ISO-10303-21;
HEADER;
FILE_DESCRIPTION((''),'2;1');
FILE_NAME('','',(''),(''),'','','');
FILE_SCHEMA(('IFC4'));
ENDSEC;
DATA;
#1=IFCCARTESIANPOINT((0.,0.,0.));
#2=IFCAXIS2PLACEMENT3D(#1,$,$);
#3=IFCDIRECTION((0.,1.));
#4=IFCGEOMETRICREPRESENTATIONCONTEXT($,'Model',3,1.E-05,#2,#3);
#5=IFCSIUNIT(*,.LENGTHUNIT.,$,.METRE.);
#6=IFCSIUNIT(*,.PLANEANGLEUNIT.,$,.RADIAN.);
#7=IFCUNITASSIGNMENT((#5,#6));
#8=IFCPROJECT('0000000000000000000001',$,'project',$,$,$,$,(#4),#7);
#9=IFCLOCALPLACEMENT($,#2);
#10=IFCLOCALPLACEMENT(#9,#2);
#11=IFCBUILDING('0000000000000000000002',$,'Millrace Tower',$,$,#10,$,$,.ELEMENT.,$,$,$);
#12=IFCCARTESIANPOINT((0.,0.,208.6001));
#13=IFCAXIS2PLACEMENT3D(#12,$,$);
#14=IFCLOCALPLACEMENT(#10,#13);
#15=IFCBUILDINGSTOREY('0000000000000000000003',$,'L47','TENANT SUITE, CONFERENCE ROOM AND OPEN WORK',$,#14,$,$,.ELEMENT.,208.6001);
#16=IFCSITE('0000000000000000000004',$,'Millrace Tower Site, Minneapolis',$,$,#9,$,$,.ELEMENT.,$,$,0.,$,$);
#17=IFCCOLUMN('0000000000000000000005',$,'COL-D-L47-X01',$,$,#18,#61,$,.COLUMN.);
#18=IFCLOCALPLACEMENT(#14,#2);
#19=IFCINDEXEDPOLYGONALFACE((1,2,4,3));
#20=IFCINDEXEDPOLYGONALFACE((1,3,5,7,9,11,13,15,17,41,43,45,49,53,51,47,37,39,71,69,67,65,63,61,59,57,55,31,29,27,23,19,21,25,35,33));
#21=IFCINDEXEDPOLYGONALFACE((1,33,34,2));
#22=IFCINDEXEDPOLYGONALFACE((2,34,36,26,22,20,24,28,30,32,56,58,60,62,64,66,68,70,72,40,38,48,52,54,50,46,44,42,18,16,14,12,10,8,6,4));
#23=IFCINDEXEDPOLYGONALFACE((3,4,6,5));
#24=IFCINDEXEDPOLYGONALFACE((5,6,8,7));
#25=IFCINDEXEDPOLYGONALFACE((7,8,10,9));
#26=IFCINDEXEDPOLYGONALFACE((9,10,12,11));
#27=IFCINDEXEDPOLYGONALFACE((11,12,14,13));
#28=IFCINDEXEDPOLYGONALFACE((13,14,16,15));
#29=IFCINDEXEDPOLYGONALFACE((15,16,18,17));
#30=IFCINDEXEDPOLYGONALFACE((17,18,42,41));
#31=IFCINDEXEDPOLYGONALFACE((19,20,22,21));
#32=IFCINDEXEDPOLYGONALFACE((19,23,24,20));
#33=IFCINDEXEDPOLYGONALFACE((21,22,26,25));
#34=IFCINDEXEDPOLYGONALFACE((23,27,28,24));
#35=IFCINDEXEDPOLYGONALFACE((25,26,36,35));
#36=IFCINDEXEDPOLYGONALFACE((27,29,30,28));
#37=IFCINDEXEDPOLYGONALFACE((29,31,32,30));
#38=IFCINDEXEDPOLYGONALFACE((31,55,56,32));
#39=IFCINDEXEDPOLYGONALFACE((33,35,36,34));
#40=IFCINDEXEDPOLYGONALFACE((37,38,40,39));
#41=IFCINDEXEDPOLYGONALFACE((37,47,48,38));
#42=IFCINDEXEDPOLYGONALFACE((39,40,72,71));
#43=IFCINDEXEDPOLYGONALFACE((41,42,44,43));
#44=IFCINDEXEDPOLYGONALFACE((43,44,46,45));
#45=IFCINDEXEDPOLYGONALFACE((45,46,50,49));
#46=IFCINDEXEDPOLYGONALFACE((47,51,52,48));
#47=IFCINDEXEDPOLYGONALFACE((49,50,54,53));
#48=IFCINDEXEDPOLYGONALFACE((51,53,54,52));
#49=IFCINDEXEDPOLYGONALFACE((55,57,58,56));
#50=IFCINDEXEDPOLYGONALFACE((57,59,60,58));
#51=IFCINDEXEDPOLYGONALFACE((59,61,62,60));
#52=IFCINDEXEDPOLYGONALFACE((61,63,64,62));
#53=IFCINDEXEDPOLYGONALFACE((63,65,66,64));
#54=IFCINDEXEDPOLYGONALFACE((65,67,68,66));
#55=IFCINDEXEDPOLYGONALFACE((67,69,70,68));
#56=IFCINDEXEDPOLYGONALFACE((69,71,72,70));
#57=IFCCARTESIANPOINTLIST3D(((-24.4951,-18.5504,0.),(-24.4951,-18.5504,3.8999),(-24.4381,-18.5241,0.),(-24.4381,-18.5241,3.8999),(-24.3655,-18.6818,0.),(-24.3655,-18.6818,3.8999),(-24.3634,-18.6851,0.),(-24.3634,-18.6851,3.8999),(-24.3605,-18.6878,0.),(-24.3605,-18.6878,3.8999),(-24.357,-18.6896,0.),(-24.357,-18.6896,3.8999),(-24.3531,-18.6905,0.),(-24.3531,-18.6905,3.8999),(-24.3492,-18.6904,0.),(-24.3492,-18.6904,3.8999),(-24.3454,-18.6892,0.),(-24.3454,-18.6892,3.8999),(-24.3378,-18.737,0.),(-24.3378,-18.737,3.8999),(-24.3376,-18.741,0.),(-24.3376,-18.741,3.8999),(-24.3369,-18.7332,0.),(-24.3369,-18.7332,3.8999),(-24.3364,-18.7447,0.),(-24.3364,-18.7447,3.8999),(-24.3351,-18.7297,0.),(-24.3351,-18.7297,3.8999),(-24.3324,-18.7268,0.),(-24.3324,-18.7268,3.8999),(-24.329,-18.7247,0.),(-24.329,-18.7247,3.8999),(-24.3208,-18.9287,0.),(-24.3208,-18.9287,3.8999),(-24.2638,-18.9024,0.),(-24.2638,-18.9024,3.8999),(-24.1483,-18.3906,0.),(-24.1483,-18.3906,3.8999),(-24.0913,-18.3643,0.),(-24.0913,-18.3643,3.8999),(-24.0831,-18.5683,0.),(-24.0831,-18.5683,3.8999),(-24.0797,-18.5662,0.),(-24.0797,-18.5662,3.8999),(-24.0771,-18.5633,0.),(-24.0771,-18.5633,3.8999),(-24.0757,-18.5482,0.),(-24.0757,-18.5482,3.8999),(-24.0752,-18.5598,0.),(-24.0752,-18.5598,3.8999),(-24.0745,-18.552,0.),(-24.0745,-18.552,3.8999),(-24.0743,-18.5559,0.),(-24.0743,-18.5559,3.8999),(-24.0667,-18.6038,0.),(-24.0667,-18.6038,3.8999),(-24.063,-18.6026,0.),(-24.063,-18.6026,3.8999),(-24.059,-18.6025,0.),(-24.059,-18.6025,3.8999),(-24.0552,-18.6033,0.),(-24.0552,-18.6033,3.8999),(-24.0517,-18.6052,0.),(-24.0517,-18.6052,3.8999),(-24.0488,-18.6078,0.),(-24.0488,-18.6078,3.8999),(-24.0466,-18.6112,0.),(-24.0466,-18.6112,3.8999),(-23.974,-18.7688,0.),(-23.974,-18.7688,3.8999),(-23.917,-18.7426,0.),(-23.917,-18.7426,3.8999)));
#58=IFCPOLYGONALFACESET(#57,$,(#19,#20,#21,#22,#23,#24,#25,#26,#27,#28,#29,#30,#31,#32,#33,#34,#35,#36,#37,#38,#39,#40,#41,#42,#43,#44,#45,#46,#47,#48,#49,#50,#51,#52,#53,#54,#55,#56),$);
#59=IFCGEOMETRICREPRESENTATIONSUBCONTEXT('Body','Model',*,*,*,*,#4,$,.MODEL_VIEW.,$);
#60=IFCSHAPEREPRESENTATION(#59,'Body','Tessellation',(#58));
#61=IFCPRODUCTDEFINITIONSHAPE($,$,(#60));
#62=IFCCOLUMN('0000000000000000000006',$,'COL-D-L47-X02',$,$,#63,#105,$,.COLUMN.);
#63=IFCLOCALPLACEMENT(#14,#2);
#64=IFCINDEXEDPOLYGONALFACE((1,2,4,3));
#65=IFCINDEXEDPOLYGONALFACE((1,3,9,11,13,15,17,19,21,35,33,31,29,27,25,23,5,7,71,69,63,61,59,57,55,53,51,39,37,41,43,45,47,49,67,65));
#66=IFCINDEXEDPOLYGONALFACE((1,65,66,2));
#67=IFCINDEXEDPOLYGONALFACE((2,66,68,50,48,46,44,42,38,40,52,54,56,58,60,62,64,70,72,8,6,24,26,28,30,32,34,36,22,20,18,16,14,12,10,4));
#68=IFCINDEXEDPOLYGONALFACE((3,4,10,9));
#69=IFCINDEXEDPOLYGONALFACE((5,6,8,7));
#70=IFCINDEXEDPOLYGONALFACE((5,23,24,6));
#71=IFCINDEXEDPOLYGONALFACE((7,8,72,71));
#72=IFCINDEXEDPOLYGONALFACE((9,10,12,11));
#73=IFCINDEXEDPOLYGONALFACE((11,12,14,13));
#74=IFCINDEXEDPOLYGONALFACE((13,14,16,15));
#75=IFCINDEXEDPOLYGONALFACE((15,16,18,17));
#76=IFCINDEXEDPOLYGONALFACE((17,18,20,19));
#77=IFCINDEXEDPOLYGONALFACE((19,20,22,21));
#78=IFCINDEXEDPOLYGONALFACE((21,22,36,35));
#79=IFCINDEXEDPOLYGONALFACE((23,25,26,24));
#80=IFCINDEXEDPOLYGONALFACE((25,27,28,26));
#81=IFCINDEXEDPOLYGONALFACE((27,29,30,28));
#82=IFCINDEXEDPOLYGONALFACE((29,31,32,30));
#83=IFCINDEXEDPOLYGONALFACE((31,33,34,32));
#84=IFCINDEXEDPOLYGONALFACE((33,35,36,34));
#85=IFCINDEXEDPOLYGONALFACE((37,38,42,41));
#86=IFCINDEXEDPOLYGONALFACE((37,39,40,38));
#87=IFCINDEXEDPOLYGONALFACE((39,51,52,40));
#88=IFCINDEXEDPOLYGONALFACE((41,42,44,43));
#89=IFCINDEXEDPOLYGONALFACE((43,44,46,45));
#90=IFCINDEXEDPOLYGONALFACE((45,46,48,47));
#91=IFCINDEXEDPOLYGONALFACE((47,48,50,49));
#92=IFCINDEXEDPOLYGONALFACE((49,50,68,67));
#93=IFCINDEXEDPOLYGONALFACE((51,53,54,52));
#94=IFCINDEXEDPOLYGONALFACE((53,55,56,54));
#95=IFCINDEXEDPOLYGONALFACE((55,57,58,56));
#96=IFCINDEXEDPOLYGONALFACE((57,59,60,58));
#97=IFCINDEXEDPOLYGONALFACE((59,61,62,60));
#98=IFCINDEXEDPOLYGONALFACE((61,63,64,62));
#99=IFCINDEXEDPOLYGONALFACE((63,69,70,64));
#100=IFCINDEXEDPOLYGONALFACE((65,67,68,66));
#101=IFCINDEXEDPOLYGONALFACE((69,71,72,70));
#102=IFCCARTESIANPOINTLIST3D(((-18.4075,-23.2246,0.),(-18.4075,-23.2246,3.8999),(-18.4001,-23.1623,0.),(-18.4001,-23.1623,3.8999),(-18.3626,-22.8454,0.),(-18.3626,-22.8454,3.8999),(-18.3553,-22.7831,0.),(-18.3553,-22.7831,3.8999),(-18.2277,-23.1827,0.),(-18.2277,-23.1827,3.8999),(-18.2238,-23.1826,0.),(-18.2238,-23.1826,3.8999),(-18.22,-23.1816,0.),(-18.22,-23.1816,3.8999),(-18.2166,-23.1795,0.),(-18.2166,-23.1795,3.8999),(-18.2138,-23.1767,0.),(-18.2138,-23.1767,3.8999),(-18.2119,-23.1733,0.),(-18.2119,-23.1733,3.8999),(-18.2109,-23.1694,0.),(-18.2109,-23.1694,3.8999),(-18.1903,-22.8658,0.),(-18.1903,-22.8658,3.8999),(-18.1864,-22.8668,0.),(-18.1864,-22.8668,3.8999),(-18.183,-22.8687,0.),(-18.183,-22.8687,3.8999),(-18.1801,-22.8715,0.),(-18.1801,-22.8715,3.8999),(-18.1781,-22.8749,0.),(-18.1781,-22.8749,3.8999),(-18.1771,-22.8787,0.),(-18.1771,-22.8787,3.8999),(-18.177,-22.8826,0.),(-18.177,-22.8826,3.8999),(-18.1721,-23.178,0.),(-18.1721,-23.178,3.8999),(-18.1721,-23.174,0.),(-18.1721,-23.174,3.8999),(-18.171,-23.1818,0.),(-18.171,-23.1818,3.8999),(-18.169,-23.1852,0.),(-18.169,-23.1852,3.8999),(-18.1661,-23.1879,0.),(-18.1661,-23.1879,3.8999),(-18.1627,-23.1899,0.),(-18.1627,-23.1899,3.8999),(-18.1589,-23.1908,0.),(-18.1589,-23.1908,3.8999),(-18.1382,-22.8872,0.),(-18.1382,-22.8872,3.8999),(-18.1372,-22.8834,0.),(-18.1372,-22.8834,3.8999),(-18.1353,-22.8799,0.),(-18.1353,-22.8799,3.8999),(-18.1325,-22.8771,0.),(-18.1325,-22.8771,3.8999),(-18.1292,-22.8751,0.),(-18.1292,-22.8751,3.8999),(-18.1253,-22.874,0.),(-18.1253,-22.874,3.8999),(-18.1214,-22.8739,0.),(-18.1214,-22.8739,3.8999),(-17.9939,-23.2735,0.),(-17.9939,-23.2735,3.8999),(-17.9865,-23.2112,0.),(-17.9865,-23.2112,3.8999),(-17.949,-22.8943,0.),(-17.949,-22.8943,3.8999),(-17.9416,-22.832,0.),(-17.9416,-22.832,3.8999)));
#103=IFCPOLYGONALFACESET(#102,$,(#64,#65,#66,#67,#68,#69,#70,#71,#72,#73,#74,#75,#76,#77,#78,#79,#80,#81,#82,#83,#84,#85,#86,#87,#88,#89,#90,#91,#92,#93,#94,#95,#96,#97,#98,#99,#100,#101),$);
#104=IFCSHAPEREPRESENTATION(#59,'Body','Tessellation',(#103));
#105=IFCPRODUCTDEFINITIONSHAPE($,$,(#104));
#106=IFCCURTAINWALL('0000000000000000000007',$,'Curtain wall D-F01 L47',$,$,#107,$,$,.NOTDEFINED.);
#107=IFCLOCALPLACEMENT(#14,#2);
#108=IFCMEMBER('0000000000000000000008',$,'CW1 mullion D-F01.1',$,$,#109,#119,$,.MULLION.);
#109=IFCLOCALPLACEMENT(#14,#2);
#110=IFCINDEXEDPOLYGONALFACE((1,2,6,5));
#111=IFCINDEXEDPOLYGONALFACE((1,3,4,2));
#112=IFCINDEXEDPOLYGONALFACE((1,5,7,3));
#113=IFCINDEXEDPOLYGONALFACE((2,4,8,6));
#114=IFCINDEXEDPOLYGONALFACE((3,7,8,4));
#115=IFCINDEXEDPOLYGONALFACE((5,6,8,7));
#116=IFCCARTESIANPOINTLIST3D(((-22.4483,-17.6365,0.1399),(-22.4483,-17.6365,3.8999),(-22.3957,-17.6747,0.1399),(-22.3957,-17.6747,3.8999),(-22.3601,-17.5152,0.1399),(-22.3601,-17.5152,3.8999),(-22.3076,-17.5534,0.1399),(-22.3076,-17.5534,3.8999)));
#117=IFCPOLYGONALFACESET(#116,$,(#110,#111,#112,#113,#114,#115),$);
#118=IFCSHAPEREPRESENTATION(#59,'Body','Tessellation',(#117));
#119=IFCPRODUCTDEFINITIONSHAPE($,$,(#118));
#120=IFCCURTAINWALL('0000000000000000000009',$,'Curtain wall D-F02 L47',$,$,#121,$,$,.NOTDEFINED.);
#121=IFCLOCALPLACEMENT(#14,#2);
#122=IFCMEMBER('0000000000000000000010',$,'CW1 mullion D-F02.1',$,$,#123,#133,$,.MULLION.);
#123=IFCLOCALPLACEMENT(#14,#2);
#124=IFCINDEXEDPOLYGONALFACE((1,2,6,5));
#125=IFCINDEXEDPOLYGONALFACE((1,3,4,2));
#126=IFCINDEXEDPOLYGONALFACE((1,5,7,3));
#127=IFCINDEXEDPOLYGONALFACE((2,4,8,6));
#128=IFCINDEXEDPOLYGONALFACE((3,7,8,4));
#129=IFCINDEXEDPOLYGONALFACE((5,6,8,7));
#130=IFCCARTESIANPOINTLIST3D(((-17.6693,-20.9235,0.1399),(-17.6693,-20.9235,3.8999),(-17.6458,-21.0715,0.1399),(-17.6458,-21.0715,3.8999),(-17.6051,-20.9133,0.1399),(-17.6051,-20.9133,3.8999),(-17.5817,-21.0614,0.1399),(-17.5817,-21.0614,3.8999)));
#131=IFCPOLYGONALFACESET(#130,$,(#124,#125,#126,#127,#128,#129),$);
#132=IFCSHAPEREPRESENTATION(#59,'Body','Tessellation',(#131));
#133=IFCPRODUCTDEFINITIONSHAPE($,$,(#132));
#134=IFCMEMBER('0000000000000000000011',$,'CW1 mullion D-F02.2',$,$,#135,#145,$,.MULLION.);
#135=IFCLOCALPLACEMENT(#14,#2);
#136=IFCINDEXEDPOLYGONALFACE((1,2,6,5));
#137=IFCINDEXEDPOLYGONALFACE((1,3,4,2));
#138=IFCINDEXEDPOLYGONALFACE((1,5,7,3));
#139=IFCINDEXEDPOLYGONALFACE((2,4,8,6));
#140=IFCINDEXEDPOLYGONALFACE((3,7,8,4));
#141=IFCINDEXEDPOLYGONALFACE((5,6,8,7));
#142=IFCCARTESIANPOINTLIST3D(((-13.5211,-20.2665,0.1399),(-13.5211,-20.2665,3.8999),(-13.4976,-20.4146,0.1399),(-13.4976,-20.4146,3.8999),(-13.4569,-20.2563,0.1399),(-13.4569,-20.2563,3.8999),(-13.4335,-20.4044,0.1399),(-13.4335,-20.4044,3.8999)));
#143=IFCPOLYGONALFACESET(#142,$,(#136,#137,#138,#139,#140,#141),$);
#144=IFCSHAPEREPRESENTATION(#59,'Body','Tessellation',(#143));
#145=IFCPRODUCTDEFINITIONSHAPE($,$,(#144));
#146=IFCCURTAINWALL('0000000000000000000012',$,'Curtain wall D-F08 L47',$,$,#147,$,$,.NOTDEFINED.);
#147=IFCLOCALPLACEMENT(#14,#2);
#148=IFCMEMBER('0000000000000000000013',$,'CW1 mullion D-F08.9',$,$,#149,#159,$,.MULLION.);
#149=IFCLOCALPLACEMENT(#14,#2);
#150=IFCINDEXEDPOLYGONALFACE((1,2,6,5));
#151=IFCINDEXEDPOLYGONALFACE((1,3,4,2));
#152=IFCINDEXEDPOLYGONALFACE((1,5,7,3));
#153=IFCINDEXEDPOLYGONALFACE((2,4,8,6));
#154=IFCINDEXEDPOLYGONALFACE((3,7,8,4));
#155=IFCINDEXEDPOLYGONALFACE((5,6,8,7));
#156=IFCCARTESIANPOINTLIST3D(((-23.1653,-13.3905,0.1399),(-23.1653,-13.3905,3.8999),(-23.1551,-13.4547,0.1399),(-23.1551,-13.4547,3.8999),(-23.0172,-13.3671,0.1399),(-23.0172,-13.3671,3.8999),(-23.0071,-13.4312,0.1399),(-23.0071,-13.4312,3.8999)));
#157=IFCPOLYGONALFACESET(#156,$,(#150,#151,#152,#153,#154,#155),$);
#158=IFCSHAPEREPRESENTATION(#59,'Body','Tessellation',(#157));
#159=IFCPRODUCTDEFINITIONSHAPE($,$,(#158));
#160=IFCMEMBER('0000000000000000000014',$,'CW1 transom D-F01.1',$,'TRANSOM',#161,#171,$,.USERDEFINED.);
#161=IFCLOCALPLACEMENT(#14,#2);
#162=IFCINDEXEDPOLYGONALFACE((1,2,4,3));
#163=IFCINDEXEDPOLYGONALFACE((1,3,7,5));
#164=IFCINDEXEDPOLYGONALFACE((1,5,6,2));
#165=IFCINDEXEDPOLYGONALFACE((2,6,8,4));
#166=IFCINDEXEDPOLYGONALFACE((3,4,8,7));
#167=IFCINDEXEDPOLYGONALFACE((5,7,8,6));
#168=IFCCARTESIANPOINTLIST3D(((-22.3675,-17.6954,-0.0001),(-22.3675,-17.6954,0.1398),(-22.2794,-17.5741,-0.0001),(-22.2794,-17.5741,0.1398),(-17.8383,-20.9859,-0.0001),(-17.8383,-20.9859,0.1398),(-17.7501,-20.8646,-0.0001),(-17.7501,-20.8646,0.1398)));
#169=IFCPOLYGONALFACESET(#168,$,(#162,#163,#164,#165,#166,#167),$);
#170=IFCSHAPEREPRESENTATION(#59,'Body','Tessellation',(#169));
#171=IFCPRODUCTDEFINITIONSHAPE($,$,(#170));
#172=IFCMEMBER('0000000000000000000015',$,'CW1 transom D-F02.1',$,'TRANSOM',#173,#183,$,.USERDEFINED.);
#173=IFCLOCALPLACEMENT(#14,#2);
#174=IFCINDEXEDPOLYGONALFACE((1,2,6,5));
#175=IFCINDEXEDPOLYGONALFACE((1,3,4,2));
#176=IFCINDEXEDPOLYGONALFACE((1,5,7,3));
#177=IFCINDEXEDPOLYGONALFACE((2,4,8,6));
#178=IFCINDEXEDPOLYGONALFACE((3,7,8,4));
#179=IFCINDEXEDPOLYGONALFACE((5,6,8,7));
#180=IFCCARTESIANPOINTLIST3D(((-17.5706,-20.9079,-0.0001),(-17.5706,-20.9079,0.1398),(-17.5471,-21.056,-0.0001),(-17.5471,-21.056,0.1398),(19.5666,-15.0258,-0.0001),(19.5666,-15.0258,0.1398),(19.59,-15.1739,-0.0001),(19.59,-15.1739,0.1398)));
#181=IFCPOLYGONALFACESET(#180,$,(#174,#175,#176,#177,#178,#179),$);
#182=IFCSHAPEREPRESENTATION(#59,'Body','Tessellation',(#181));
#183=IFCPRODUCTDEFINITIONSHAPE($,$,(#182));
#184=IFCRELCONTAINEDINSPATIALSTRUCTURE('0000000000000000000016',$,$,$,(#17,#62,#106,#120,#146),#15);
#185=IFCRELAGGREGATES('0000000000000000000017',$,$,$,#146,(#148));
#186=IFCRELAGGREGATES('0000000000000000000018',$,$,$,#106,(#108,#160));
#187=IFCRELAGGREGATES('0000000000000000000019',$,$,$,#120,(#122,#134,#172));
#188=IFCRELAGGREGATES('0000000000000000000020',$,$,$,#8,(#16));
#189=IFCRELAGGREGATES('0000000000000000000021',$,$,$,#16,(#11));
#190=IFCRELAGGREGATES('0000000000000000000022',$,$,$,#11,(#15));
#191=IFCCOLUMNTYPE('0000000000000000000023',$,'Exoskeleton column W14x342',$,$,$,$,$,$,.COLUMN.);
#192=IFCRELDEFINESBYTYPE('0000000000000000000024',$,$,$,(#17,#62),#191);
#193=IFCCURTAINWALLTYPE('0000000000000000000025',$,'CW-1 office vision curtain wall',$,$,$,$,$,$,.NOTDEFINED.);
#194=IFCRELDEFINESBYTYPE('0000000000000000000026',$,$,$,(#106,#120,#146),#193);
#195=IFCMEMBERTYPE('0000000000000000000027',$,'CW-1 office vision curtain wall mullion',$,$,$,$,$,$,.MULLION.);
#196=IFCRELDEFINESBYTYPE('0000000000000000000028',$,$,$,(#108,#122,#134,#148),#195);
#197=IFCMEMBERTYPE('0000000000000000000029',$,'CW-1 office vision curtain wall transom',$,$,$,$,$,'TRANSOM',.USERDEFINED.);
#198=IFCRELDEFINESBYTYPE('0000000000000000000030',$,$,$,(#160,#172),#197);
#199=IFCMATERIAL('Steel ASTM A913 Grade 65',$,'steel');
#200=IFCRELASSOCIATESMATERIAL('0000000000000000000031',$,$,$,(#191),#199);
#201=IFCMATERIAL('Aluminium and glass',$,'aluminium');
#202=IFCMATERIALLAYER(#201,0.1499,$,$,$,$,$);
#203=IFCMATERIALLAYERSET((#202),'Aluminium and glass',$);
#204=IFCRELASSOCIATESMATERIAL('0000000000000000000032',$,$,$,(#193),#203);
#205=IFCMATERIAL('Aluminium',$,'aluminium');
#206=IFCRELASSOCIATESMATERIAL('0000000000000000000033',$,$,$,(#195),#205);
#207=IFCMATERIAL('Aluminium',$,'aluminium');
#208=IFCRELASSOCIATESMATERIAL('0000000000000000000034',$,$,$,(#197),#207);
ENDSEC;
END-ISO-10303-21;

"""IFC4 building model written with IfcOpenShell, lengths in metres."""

from ifc_helpers import new_model, si_unit, direction, frame, origin, origin_2d, place, context, subcontext, project, spatial, rectangle, i_section, extrude, material, layer, layer_set, material_profile, profile_set, type_object, element, aggregate, save


model = new_model("IFC4")

# Units and contexts
model_context = context("Model", 3, precision=1e-05, world=origin(), true_north=direction((0.0, 1.0)))
body_context = subcontext(model_context, "Body", "Model", "MODEL_VIEW")
ifc_project = project(units=[si_unit("LENGTHUNIT", "METRE"), si_unit("PLANEANGLEUNIT", "RADIAN")], contexts=[model_context])

# Site, building, storey
site_placement = place(None, origin())
site = spatial("IfcSite", under=ifc_project, at=site_placement, Name="Millrace Tower Site, Minneapolis", CompositionType="ELEMENT", RefElevation=0.0)
building_placement = place(site_placement, origin())
building = spatial("IfcBuilding", under=site, at=building_placement, Name="Millrace Tower", CompositionType="ELEMENT")
storey_placement = place(building_placement, frame((0.0, 0.0, 208.6001)))
storey = spatial("IfcBuildingStorey", under=building, at=storey_placement, Name="L47", Description="TENANT SUITE, CONFERENCE ROOM AND OPEN WORK", CompositionType="ELEMENT", Elevation=208.6001)

# Columns
ifc_material_1 = material(Name="Steel ASTM A913 Grade 65", Category="steel")
ifc_material_profile_1 = material_profile(ifc_material_1, i_section(OverallWidth=0.4165, OverallDepth=0.4446, WebThickness=0.0391, FlangeThickness=0.0627, FilletRadius=0.0151, at=origin_2d()))
ifc_profile_set_1 = profile_set([ifc_material_profile_1], Name="Steel ASTM A913 Grade 65")
column_type = type_object("IfcColumnType", Name="Exoskeleton column W14x342", PredefinedType="COLUMN", material=ifc_profile_set_1)
for number, where, z_axis, x_axis, name in (
    (1, (-24.2061, -18.6465, 0.0), (0.0, 0.0, 1.0), (0.418553, -0.908192, 0.0), "COL-D-L47-X01"),
    (2, (-18.1746, -23.0283, 0.0), (0.0, 0.0, 1.0), (0.993082, -0.117421, 0.0), "COL-D-L47-X02"),
):
    element("IfcColumn", number, at=place(storey_placement, frame(where, z_axis=z_axis, x_axis=x_axis)), inside=storey, type_object=column_type, Name=name, PredefinedType="COLUMN", context=body_context, shape_type="SweptSolid", body=[
        extrude(i_section(OverallWidth=0.4165, OverallDepth=0.4446, WebThickness=0.0391, FlangeThickness=0.0627, FilletRadius=0.0151, at=origin_2d()), origin(), (0.0, 0.0, 1.0), 3.8999),
    ])

# Curtain wall, member
ifc_material_2 = material(Name="Aluminium and glass", Category="aluminium")
ifc_layer_1 = layer(ifc_material_2, 0.1499)
ifc_layer_set_1 = layer_set([ifc_layer_1], Name="Aluminium and glass")
curtain_wall_type = type_object("IfcCurtainWallType", Name="CW-1 office vision curtain wall", PredefinedType="NOTDEFINED", material=ifc_layer_set_1)
placement = place(storey_placement, origin())
curtain_wall_1 = element("IfcCurtainWall", 3, at=placement, inside=storey, type_object=curtain_wall_type, Name="Curtain wall D-F01 L47", PredefinedType="NOTDEFINED")
ifc_material_3 = material(Name="Aluminium", Category="aluminium")
ifc_material_profile_2 = material_profile(ifc_material_3, rectangle(XDim=0.0649, YDim=0.1499, at=origin_2d()))
ifc_profile_set_2 = profile_set([ifc_material_profile_2], Name="Aluminium")
member_type_1 = type_object("IfcMemberType", Name="CW-1 office vision curtain wall mullion", PredefinedType="MULLION", material=ifc_profile_set_2)
member_1_placement = place(storey_placement, frame((-22.3779, -17.595, 0.1399), z_axis=(0.0, 0.0, 1.0), x_axis=(0.809017, -0.587785, 0.0)))
member_1 = element("IfcMember", 4, at=member_1_placement, type_object=member_type_1, Name="CW1 mullion D-F01.1", PredefinedType="MULLION", context=body_context, shape_type="SweptSolid", body=[
    extrude(rectangle(XDim=0.0649, YDim=0.1499, at=origin_2d()), origin(), (0.0, 0.0, 1.0), 3.76),
])

# Curtain wall, members
curtain_wall_2 = element("IfcCurtainWall", 5, at=placement, inside=storey, type_object=curtain_wall_type, Name="Curtain wall D-F02 L47", PredefinedType="NOTDEFINED")
member_2_placement = place(storey_placement, frame((-17.6255, -20.9924, 0.1399), z_axis=(0.0, 0.0, 1.0), x_axis=(0.987688, 0.156434, 0.0)))
member_2 = element("IfcMember", 6, at=member_2_placement, type_object=member_type_1, Name="CW1 mullion D-F02.1", PredefinedType="MULLION", context=body_context, shape_type="SweptSolid", body=[
    extrude(rectangle(XDim=0.0649, YDim=0.1499, at=origin_2d()), origin(), (0.0, 0.0, 1.0), 3.76),
])
member_3_placement = place(storey_placement, frame((-13.4773, -20.3354, 0.1399), z_axis=(0.0, 0.0, 1.0), x_axis=(0.987688, 0.156434, 0.0)))
member_3 = element("IfcMember", 7, at=member_3_placement, type_object=member_type_1, Name="CW1 mullion D-F02.2", PredefinedType="MULLION", context=body_context, shape_type="SweptSolid", body=[
    extrude(rectangle(XDim=0.0649, YDim=0.1499, at=origin_2d()), origin(), (0.0, 0.0, 1.0), 3.76),
])

# Curtain wall, member
curtain_wall_3 = element("IfcCurtainWall", 8, at=placement, inside=storey, type_object=curtain_wall_type, Name="Curtain wall D-F08 L47", PredefinedType="NOTDEFINED")
member_4_placement = place(storey_placement, frame((-23.0862, -13.4109, 0.1399), z_axis=(0.0, 0.0, 1.0), x_axis=(0.156434, -0.987688, 0.0)))
member_4 = element("IfcMember", 9, at=member_4_placement, type_object=member_type_1, Name="CW1 mullion D-F08.9", PredefinedType="MULLION", context=body_context, shape_type="SweptSolid", body=[
    extrude(rectangle(XDim=0.0649, YDim=0.1499, at=origin_2d()), origin(), (0.0, 0.0, 1.0), 3.76),
])
aggregate(curtain_wall_3, [member_4])

# Members
ifc_material_4 = material(Name="Aluminium", Category="aluminium")
ifc_material_profile_3 = material_profile(ifc_material_4, rectangle(XDim=0.1499, YDim=0.1399, at=origin_2d()))
ifc_profile_set_3 = profile_set([ifc_material_profile_3], Name="Aluminium")
member_type_2 = type_object("IfcMemberType", Name="CW-1 office vision curtain wall transom", ElementType="TRANSOM", PredefinedType="USERDEFINED", material=ifc_profile_set_3)
member_5_placement = place(storey_placement, frame((-22.3235, -17.6348, 0.0698), z_axis=(0.809034, -0.587762, 0.0), x_axis=(0.587762, 0.809034, 0.0)))
member_5 = element("IfcMember", 10, at=member_5_placement, type_object=member_type_2, Name="CW1 transom D-F01.1", ObjectType="TRANSOM", PredefinedType="USERDEFINED", context=body_context, shape_type="SweptSolid", body=[
    extrude(rectangle(XDim=0.1499, YDim=0.1399, at=origin_2d()), origin(), (0.0, 0.0, 1.0), 5.5984),
])
aggregate(curtain_wall_1, [member_1, member_5])
member_6_placement = place(storey_placement, frame((-17.5588, -20.9819, 0.0698), z_axis=(0.987688, 0.156438, 0.0), x_axis=(-0.156438, 0.987688, 0.0)))
member_6 = element("IfcMember", 11, at=member_6_placement, type_object=member_type_2, Name="CW1 transom D-F02.1", ObjectType="TRANSOM", PredefinedType="USERDEFINED", context=body_context, shape_type="SweptSolid", body=[
    extrude(rectangle(XDim=0.1499, YDim=0.1399, at=origin_2d()), origin(), (0.0, 0.0, 1.0), 37.6001),
])
aggregate(curtain_wall_2, [member_2, member_3, member_6])

save(model, "model.ifc")
